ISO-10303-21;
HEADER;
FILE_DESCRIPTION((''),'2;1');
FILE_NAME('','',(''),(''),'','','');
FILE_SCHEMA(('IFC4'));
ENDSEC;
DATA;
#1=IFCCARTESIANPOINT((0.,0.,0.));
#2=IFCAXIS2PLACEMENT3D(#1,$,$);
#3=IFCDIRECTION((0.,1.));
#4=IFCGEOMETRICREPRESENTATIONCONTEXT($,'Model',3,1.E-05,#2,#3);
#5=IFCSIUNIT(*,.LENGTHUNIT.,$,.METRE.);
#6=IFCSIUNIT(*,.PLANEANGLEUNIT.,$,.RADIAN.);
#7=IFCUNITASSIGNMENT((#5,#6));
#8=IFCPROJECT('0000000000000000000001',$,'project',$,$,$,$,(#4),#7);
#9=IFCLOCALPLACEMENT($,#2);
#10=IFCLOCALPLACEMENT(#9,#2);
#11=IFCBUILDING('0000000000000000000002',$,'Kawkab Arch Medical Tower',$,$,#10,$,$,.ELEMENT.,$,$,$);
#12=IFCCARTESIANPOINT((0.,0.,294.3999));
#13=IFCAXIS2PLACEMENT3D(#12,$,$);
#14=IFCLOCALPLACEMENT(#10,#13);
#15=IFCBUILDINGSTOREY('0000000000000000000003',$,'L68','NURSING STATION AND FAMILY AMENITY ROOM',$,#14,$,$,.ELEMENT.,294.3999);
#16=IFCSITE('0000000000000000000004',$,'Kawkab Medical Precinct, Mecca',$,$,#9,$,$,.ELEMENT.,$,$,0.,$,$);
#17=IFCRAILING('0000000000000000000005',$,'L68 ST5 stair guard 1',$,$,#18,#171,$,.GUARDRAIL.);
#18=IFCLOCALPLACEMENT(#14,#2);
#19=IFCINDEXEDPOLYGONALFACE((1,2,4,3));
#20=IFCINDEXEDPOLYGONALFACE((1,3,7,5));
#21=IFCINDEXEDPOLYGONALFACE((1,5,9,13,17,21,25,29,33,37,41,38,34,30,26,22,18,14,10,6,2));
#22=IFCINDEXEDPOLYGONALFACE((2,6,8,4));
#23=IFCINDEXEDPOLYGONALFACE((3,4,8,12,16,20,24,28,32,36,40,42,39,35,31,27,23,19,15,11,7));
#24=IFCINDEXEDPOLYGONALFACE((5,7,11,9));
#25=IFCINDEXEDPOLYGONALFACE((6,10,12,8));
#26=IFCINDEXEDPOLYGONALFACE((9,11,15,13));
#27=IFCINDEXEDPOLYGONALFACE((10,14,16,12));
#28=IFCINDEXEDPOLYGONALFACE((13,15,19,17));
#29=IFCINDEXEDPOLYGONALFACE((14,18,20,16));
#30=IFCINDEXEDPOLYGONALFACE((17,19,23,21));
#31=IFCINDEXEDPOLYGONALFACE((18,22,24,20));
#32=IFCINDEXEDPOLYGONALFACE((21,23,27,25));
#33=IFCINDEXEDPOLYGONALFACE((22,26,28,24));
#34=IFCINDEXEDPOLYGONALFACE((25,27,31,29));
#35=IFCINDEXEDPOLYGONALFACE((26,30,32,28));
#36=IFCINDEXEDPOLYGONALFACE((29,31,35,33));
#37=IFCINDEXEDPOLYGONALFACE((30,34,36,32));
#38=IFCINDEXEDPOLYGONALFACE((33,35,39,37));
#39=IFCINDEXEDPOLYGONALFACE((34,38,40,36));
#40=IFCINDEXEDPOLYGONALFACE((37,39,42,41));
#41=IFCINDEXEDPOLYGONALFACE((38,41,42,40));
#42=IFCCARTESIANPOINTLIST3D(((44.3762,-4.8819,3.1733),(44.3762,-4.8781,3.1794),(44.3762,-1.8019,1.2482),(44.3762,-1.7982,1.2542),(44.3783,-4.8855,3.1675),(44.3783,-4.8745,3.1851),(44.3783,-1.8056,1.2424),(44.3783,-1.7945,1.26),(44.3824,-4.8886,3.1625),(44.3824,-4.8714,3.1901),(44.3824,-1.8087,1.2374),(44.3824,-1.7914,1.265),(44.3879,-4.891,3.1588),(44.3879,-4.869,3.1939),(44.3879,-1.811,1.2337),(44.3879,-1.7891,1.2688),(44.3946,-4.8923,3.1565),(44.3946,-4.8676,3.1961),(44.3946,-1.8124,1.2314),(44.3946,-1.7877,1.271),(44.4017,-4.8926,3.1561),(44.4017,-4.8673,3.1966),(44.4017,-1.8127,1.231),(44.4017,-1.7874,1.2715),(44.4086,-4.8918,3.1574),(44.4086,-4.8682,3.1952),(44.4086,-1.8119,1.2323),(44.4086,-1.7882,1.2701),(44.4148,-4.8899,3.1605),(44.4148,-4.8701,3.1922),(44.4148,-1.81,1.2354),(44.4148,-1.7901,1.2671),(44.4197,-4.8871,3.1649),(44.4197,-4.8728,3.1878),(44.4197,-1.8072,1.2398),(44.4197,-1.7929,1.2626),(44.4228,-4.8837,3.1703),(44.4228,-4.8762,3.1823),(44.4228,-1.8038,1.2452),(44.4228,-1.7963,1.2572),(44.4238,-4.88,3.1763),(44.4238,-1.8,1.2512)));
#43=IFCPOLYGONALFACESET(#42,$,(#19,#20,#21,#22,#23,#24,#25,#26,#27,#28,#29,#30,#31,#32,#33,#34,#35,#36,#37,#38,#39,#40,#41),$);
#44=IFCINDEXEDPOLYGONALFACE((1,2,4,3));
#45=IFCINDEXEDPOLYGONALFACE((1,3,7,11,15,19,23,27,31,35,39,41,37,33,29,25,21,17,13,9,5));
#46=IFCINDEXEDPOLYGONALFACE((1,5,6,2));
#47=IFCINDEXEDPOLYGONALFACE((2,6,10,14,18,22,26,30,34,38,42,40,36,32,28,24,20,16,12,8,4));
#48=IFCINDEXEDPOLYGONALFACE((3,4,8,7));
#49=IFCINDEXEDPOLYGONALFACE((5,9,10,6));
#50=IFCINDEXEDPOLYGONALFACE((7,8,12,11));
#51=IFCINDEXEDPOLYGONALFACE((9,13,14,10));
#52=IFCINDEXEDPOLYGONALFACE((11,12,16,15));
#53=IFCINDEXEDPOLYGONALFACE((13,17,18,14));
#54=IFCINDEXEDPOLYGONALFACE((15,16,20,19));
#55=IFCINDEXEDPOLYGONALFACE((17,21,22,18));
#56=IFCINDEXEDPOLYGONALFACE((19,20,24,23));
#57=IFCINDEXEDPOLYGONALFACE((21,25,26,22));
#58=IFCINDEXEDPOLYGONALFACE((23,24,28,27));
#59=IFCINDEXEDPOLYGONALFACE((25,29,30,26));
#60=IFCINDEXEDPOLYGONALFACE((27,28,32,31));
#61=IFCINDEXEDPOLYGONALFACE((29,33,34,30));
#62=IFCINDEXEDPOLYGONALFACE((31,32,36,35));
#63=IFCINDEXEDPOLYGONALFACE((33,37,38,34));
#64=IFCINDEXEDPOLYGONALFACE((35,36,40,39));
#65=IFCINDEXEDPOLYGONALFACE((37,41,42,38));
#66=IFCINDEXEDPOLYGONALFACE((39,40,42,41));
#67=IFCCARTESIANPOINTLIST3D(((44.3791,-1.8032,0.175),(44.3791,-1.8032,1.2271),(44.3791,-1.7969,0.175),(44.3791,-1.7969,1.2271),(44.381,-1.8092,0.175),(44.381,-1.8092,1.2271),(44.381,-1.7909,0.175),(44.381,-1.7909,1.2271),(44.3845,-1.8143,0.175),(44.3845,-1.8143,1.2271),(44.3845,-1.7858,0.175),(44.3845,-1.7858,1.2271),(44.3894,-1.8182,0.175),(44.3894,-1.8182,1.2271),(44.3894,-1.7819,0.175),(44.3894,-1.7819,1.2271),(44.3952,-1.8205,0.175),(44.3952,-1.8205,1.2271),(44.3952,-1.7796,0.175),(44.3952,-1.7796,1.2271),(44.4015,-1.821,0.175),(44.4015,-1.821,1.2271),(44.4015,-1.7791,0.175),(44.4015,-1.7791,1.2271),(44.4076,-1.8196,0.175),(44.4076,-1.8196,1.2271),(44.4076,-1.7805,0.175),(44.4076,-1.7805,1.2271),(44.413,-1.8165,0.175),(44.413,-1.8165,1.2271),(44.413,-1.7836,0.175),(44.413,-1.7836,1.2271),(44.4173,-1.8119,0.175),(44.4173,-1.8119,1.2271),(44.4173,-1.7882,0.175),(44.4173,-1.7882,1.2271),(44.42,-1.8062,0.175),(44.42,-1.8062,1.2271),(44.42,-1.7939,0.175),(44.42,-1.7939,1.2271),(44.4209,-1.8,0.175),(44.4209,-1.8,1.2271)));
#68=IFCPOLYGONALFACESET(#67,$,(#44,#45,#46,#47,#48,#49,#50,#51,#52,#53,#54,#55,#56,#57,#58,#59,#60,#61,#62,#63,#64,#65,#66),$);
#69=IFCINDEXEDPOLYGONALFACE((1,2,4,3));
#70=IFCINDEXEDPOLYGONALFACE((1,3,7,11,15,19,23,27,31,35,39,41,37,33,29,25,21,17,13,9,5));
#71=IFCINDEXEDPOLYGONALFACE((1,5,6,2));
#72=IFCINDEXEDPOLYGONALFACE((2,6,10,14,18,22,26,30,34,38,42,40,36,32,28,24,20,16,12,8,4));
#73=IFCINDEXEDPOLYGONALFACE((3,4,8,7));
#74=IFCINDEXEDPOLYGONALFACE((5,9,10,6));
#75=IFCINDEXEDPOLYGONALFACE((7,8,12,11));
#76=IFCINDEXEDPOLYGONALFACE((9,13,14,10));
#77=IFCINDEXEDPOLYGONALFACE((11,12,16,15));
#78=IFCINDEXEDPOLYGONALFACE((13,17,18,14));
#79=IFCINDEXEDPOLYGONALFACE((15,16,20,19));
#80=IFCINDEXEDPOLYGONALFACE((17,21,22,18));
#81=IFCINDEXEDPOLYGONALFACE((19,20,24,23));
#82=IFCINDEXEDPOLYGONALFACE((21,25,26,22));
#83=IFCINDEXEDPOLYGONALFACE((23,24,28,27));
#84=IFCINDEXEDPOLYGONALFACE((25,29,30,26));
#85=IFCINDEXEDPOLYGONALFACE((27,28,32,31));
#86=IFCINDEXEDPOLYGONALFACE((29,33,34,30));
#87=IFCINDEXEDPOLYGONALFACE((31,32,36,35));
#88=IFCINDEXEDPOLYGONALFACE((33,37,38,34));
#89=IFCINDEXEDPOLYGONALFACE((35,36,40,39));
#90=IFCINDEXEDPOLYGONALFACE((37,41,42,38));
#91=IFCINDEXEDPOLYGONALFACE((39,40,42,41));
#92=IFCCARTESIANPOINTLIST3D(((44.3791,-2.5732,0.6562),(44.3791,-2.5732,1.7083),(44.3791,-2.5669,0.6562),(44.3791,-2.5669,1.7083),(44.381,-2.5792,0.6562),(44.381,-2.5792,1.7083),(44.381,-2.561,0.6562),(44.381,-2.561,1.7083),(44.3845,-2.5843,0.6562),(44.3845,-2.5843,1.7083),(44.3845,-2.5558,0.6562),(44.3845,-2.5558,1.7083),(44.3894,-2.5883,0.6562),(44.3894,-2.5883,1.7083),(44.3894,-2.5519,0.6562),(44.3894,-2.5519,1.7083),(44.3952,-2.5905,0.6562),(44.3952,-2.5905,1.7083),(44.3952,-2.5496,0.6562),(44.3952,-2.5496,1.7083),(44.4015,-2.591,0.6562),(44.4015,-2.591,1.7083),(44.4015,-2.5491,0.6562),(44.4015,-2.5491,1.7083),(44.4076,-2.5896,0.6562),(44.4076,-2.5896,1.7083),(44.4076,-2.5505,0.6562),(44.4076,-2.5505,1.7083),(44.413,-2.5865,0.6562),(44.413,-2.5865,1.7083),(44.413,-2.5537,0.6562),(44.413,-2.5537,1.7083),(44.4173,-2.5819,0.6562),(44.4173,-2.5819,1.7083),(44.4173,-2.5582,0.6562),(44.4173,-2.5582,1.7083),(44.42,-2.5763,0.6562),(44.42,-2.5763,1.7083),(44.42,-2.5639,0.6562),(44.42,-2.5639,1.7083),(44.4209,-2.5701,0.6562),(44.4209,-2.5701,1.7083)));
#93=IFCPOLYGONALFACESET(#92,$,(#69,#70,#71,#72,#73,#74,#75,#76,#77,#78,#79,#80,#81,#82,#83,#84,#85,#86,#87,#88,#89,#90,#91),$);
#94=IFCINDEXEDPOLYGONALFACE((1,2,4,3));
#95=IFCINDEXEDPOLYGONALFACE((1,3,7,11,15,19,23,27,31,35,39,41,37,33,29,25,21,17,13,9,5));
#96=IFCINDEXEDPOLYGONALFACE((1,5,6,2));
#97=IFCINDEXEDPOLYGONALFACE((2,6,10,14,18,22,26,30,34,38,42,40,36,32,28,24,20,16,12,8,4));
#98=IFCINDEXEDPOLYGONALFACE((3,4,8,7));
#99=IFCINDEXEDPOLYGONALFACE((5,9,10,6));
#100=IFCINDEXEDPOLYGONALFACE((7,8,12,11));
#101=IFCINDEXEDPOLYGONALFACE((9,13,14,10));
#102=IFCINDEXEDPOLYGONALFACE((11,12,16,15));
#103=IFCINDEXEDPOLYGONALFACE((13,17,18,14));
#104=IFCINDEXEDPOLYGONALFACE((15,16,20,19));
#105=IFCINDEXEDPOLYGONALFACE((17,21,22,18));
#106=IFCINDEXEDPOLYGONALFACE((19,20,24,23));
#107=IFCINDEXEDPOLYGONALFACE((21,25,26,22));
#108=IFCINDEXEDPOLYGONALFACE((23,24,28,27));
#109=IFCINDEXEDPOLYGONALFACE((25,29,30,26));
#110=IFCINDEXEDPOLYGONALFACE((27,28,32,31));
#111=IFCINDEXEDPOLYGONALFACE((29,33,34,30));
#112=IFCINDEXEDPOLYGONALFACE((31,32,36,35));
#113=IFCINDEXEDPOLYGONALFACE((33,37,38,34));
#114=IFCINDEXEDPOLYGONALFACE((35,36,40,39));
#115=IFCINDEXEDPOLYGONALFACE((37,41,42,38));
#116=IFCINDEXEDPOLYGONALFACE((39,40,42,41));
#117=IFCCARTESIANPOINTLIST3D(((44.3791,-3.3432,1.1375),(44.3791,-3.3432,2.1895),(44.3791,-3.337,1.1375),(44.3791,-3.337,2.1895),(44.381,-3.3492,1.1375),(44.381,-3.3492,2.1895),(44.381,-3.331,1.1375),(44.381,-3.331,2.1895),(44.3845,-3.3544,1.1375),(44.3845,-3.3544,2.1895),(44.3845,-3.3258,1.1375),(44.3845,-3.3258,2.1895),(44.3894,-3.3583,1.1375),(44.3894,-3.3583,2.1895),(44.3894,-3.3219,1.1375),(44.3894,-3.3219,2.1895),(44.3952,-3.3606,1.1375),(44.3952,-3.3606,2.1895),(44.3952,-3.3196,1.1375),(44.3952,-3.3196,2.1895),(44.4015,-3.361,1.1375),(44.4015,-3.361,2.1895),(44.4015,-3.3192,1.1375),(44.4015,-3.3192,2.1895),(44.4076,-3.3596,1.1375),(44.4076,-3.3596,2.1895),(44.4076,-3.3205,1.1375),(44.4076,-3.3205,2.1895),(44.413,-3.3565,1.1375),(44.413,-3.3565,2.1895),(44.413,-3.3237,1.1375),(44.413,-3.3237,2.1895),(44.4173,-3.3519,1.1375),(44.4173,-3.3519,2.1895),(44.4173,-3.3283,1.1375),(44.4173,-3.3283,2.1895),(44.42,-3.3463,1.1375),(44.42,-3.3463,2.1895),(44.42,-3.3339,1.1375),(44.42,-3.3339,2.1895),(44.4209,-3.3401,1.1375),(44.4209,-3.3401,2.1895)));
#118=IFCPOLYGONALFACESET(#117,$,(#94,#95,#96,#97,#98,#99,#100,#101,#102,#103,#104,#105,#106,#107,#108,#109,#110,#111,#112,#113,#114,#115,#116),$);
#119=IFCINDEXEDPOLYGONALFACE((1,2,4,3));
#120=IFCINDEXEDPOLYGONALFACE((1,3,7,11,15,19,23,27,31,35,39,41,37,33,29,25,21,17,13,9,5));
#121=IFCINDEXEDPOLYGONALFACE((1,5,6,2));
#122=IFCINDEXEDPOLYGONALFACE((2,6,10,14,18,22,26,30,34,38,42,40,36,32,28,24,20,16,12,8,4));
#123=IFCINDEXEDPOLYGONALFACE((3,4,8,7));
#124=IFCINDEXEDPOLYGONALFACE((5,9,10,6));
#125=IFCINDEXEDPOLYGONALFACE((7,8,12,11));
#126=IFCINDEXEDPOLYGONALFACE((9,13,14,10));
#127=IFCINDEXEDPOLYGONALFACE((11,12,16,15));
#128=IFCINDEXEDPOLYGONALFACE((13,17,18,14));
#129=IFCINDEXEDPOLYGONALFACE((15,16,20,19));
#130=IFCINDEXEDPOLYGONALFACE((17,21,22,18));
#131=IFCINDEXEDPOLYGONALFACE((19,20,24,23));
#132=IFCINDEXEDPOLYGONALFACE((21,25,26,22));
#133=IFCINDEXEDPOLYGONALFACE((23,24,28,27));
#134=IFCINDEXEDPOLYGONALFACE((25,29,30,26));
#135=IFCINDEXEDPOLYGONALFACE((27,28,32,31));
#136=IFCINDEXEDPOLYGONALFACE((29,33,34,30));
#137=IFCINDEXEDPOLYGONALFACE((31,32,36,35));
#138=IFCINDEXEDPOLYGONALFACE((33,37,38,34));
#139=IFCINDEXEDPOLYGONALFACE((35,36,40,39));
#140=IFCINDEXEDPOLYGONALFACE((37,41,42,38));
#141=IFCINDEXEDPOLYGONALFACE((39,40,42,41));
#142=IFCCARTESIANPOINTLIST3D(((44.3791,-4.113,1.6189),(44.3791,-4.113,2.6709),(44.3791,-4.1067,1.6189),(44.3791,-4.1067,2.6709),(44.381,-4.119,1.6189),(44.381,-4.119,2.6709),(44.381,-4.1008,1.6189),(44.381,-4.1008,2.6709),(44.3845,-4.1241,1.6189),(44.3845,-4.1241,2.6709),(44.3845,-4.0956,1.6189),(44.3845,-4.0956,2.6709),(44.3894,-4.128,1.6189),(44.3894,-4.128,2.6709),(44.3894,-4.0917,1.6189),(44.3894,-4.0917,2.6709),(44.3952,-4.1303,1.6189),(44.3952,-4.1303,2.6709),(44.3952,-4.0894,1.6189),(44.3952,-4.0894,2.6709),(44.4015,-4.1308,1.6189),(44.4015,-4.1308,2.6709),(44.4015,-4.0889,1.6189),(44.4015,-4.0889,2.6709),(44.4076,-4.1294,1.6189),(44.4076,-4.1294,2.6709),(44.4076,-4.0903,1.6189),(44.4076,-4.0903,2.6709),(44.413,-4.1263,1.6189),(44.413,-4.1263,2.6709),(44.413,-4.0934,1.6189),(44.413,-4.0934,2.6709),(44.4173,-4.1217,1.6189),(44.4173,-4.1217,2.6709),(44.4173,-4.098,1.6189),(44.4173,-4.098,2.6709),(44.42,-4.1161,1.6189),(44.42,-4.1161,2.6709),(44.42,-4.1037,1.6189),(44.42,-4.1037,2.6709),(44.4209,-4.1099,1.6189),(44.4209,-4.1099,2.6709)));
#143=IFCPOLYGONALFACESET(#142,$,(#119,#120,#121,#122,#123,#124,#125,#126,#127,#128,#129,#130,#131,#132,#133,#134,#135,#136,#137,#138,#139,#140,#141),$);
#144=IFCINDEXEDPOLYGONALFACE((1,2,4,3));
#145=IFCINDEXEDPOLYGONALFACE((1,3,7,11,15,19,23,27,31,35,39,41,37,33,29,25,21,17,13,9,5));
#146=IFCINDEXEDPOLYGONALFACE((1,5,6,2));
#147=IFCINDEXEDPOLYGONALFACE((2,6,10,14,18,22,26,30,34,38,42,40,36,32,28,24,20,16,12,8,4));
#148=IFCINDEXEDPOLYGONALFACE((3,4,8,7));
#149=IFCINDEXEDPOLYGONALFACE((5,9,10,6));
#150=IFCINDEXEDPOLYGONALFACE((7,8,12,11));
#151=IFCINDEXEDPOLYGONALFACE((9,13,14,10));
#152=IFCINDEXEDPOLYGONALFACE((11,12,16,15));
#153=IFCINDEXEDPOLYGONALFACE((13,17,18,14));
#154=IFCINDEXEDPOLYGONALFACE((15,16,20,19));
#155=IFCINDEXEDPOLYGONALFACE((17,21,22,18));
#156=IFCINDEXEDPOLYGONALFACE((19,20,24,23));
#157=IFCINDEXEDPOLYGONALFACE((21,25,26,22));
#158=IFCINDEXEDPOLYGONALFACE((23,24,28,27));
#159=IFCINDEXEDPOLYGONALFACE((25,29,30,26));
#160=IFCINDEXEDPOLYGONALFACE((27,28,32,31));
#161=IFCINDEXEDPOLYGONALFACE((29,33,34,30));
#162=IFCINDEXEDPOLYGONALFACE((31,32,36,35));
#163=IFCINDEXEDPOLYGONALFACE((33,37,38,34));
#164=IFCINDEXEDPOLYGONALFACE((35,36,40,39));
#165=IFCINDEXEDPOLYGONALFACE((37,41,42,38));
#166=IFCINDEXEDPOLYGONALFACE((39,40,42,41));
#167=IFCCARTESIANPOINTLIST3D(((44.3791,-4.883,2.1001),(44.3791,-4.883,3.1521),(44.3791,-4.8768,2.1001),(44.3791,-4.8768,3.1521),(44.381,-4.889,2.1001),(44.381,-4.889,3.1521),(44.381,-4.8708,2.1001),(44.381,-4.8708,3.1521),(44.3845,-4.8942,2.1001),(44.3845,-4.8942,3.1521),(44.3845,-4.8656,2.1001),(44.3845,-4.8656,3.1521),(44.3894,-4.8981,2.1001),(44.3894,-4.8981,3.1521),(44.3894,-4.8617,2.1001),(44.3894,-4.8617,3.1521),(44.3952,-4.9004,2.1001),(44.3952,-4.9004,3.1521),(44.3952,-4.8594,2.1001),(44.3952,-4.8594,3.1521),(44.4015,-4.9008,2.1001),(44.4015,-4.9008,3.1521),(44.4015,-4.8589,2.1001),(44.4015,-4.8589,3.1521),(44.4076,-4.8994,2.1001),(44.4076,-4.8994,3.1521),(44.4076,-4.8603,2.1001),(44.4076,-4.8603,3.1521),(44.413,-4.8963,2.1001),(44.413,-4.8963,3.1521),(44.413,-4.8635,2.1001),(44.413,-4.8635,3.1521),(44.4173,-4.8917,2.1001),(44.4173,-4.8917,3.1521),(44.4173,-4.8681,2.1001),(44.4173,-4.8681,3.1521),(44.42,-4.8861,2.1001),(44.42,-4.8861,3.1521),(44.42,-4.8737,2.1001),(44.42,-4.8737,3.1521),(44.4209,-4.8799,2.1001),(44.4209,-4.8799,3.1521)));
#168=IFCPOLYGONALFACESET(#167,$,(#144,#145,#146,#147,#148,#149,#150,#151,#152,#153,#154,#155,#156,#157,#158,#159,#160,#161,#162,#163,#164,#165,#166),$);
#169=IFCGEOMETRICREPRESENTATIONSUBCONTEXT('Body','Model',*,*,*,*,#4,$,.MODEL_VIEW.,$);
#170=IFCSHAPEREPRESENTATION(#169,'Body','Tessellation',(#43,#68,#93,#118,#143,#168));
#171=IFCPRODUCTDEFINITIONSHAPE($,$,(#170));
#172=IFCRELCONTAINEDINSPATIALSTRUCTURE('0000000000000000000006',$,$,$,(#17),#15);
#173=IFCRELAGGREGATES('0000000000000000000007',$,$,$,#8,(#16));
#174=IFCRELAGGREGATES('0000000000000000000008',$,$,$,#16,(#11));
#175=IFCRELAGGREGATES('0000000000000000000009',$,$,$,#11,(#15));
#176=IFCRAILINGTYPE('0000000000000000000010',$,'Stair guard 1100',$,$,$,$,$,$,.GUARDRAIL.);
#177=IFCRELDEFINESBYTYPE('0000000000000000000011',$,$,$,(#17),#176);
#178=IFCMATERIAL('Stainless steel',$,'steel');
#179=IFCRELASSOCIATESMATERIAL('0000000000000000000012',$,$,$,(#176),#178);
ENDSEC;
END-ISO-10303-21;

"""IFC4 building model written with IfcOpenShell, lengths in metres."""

from ifc_helpers import new_model, si_unit, direction, frame, origin, origin_2d, place, context, subcontext, project, spatial, circle, extrude, material, type_object, element, save


model = new_model("IFC4")

# Units and contexts
model_context = context("Model", 3, precision=1e-05, world=origin(), true_north=direction((0.0, 1.0)))
body_context = subcontext(model_context, "Body", "Model", "MODEL_VIEW")
ifc_project = project(units=[si_unit("LENGTHUNIT", "METRE"), si_unit("PLANEANGLEUNIT", "RADIAN")], contexts=[model_context])

# Site, building, storey
site_placement = place(None, origin())
site = spatial("IfcSite", under=ifc_project, at=site_placement, Name="Kawkab Medical Precinct, Mecca", CompositionType="ELEMENT", RefElevation=0.0)
building_placement = place(site_placement, origin())
building = spatial("IfcBuilding", under=site, at=building_placement, Name="Kawkab Arch Medical Tower", CompositionType="ELEMENT")
storey_placement = place(building_placement, frame((0.0, 0.0, 294.3999)))
storey = spatial("IfcBuildingStorey", under=building, at=storey_placement, Name="L68", Description="NURSING STATION AND FAMILY AMENITY ROOM", CompositionType="ELEMENT", Elevation=294.3999)

# Railing
ifc_material_1 = material(Name="Stainless steel", Category="steel")
railing_type_1 = type_object("IfcRailingType", Name="Stair guard 1100", PredefinedType="GUARDRAIL", material=ifc_material_1)
railing_1_placement = place(storey_placement, frame((44.3999, -1.8, 0.175)))
element("IfcRailing", 1, at=railing_1_placement, inside=storey, type_object=railing_type_1, Name="L68 ST5 stair guard 1", PredefinedType="GUARDRAIL", context=body_context, shape_type="SweptSolid", body=[
    extrude(circle(Radius=0.0239, at=origin_2d()), frame((0.0, 0.0, 1.0762), z_axis=(0.0, -0.847979, 0.530029), x_axis=(1.0, 0.0, 0.0)), (0.0, 0.0, 1.0), 3.6321),
    extrude(circle(Radius=0.021, at=origin_2d()), origin(), (0.0, 0.0, 1.0), 1.052),
    extrude(circle(Radius=0.021, at=origin_2d()), frame((0.0, -0.77, 0.4812)), (0.0, 0.0, 1.0), 1.052),
    extrude(circle(Radius=0.021, at=origin_2d()), frame((0.0, -1.54, 0.9624)), (0.0, 0.0, 1.0), 1.052),
    extrude(circle(Radius=0.021, at=origin_2d()), frame((0.0, -2.3098, 1.4438)), (0.0, 0.0, 1.0), 1.052),
    extrude(circle(Radius=0.021, at=origin_2d()), frame((0.0, -3.0798, 1.925)), (0.0, 0.0, 1.0), 1.052),
])

save(model, "model.ifc")
